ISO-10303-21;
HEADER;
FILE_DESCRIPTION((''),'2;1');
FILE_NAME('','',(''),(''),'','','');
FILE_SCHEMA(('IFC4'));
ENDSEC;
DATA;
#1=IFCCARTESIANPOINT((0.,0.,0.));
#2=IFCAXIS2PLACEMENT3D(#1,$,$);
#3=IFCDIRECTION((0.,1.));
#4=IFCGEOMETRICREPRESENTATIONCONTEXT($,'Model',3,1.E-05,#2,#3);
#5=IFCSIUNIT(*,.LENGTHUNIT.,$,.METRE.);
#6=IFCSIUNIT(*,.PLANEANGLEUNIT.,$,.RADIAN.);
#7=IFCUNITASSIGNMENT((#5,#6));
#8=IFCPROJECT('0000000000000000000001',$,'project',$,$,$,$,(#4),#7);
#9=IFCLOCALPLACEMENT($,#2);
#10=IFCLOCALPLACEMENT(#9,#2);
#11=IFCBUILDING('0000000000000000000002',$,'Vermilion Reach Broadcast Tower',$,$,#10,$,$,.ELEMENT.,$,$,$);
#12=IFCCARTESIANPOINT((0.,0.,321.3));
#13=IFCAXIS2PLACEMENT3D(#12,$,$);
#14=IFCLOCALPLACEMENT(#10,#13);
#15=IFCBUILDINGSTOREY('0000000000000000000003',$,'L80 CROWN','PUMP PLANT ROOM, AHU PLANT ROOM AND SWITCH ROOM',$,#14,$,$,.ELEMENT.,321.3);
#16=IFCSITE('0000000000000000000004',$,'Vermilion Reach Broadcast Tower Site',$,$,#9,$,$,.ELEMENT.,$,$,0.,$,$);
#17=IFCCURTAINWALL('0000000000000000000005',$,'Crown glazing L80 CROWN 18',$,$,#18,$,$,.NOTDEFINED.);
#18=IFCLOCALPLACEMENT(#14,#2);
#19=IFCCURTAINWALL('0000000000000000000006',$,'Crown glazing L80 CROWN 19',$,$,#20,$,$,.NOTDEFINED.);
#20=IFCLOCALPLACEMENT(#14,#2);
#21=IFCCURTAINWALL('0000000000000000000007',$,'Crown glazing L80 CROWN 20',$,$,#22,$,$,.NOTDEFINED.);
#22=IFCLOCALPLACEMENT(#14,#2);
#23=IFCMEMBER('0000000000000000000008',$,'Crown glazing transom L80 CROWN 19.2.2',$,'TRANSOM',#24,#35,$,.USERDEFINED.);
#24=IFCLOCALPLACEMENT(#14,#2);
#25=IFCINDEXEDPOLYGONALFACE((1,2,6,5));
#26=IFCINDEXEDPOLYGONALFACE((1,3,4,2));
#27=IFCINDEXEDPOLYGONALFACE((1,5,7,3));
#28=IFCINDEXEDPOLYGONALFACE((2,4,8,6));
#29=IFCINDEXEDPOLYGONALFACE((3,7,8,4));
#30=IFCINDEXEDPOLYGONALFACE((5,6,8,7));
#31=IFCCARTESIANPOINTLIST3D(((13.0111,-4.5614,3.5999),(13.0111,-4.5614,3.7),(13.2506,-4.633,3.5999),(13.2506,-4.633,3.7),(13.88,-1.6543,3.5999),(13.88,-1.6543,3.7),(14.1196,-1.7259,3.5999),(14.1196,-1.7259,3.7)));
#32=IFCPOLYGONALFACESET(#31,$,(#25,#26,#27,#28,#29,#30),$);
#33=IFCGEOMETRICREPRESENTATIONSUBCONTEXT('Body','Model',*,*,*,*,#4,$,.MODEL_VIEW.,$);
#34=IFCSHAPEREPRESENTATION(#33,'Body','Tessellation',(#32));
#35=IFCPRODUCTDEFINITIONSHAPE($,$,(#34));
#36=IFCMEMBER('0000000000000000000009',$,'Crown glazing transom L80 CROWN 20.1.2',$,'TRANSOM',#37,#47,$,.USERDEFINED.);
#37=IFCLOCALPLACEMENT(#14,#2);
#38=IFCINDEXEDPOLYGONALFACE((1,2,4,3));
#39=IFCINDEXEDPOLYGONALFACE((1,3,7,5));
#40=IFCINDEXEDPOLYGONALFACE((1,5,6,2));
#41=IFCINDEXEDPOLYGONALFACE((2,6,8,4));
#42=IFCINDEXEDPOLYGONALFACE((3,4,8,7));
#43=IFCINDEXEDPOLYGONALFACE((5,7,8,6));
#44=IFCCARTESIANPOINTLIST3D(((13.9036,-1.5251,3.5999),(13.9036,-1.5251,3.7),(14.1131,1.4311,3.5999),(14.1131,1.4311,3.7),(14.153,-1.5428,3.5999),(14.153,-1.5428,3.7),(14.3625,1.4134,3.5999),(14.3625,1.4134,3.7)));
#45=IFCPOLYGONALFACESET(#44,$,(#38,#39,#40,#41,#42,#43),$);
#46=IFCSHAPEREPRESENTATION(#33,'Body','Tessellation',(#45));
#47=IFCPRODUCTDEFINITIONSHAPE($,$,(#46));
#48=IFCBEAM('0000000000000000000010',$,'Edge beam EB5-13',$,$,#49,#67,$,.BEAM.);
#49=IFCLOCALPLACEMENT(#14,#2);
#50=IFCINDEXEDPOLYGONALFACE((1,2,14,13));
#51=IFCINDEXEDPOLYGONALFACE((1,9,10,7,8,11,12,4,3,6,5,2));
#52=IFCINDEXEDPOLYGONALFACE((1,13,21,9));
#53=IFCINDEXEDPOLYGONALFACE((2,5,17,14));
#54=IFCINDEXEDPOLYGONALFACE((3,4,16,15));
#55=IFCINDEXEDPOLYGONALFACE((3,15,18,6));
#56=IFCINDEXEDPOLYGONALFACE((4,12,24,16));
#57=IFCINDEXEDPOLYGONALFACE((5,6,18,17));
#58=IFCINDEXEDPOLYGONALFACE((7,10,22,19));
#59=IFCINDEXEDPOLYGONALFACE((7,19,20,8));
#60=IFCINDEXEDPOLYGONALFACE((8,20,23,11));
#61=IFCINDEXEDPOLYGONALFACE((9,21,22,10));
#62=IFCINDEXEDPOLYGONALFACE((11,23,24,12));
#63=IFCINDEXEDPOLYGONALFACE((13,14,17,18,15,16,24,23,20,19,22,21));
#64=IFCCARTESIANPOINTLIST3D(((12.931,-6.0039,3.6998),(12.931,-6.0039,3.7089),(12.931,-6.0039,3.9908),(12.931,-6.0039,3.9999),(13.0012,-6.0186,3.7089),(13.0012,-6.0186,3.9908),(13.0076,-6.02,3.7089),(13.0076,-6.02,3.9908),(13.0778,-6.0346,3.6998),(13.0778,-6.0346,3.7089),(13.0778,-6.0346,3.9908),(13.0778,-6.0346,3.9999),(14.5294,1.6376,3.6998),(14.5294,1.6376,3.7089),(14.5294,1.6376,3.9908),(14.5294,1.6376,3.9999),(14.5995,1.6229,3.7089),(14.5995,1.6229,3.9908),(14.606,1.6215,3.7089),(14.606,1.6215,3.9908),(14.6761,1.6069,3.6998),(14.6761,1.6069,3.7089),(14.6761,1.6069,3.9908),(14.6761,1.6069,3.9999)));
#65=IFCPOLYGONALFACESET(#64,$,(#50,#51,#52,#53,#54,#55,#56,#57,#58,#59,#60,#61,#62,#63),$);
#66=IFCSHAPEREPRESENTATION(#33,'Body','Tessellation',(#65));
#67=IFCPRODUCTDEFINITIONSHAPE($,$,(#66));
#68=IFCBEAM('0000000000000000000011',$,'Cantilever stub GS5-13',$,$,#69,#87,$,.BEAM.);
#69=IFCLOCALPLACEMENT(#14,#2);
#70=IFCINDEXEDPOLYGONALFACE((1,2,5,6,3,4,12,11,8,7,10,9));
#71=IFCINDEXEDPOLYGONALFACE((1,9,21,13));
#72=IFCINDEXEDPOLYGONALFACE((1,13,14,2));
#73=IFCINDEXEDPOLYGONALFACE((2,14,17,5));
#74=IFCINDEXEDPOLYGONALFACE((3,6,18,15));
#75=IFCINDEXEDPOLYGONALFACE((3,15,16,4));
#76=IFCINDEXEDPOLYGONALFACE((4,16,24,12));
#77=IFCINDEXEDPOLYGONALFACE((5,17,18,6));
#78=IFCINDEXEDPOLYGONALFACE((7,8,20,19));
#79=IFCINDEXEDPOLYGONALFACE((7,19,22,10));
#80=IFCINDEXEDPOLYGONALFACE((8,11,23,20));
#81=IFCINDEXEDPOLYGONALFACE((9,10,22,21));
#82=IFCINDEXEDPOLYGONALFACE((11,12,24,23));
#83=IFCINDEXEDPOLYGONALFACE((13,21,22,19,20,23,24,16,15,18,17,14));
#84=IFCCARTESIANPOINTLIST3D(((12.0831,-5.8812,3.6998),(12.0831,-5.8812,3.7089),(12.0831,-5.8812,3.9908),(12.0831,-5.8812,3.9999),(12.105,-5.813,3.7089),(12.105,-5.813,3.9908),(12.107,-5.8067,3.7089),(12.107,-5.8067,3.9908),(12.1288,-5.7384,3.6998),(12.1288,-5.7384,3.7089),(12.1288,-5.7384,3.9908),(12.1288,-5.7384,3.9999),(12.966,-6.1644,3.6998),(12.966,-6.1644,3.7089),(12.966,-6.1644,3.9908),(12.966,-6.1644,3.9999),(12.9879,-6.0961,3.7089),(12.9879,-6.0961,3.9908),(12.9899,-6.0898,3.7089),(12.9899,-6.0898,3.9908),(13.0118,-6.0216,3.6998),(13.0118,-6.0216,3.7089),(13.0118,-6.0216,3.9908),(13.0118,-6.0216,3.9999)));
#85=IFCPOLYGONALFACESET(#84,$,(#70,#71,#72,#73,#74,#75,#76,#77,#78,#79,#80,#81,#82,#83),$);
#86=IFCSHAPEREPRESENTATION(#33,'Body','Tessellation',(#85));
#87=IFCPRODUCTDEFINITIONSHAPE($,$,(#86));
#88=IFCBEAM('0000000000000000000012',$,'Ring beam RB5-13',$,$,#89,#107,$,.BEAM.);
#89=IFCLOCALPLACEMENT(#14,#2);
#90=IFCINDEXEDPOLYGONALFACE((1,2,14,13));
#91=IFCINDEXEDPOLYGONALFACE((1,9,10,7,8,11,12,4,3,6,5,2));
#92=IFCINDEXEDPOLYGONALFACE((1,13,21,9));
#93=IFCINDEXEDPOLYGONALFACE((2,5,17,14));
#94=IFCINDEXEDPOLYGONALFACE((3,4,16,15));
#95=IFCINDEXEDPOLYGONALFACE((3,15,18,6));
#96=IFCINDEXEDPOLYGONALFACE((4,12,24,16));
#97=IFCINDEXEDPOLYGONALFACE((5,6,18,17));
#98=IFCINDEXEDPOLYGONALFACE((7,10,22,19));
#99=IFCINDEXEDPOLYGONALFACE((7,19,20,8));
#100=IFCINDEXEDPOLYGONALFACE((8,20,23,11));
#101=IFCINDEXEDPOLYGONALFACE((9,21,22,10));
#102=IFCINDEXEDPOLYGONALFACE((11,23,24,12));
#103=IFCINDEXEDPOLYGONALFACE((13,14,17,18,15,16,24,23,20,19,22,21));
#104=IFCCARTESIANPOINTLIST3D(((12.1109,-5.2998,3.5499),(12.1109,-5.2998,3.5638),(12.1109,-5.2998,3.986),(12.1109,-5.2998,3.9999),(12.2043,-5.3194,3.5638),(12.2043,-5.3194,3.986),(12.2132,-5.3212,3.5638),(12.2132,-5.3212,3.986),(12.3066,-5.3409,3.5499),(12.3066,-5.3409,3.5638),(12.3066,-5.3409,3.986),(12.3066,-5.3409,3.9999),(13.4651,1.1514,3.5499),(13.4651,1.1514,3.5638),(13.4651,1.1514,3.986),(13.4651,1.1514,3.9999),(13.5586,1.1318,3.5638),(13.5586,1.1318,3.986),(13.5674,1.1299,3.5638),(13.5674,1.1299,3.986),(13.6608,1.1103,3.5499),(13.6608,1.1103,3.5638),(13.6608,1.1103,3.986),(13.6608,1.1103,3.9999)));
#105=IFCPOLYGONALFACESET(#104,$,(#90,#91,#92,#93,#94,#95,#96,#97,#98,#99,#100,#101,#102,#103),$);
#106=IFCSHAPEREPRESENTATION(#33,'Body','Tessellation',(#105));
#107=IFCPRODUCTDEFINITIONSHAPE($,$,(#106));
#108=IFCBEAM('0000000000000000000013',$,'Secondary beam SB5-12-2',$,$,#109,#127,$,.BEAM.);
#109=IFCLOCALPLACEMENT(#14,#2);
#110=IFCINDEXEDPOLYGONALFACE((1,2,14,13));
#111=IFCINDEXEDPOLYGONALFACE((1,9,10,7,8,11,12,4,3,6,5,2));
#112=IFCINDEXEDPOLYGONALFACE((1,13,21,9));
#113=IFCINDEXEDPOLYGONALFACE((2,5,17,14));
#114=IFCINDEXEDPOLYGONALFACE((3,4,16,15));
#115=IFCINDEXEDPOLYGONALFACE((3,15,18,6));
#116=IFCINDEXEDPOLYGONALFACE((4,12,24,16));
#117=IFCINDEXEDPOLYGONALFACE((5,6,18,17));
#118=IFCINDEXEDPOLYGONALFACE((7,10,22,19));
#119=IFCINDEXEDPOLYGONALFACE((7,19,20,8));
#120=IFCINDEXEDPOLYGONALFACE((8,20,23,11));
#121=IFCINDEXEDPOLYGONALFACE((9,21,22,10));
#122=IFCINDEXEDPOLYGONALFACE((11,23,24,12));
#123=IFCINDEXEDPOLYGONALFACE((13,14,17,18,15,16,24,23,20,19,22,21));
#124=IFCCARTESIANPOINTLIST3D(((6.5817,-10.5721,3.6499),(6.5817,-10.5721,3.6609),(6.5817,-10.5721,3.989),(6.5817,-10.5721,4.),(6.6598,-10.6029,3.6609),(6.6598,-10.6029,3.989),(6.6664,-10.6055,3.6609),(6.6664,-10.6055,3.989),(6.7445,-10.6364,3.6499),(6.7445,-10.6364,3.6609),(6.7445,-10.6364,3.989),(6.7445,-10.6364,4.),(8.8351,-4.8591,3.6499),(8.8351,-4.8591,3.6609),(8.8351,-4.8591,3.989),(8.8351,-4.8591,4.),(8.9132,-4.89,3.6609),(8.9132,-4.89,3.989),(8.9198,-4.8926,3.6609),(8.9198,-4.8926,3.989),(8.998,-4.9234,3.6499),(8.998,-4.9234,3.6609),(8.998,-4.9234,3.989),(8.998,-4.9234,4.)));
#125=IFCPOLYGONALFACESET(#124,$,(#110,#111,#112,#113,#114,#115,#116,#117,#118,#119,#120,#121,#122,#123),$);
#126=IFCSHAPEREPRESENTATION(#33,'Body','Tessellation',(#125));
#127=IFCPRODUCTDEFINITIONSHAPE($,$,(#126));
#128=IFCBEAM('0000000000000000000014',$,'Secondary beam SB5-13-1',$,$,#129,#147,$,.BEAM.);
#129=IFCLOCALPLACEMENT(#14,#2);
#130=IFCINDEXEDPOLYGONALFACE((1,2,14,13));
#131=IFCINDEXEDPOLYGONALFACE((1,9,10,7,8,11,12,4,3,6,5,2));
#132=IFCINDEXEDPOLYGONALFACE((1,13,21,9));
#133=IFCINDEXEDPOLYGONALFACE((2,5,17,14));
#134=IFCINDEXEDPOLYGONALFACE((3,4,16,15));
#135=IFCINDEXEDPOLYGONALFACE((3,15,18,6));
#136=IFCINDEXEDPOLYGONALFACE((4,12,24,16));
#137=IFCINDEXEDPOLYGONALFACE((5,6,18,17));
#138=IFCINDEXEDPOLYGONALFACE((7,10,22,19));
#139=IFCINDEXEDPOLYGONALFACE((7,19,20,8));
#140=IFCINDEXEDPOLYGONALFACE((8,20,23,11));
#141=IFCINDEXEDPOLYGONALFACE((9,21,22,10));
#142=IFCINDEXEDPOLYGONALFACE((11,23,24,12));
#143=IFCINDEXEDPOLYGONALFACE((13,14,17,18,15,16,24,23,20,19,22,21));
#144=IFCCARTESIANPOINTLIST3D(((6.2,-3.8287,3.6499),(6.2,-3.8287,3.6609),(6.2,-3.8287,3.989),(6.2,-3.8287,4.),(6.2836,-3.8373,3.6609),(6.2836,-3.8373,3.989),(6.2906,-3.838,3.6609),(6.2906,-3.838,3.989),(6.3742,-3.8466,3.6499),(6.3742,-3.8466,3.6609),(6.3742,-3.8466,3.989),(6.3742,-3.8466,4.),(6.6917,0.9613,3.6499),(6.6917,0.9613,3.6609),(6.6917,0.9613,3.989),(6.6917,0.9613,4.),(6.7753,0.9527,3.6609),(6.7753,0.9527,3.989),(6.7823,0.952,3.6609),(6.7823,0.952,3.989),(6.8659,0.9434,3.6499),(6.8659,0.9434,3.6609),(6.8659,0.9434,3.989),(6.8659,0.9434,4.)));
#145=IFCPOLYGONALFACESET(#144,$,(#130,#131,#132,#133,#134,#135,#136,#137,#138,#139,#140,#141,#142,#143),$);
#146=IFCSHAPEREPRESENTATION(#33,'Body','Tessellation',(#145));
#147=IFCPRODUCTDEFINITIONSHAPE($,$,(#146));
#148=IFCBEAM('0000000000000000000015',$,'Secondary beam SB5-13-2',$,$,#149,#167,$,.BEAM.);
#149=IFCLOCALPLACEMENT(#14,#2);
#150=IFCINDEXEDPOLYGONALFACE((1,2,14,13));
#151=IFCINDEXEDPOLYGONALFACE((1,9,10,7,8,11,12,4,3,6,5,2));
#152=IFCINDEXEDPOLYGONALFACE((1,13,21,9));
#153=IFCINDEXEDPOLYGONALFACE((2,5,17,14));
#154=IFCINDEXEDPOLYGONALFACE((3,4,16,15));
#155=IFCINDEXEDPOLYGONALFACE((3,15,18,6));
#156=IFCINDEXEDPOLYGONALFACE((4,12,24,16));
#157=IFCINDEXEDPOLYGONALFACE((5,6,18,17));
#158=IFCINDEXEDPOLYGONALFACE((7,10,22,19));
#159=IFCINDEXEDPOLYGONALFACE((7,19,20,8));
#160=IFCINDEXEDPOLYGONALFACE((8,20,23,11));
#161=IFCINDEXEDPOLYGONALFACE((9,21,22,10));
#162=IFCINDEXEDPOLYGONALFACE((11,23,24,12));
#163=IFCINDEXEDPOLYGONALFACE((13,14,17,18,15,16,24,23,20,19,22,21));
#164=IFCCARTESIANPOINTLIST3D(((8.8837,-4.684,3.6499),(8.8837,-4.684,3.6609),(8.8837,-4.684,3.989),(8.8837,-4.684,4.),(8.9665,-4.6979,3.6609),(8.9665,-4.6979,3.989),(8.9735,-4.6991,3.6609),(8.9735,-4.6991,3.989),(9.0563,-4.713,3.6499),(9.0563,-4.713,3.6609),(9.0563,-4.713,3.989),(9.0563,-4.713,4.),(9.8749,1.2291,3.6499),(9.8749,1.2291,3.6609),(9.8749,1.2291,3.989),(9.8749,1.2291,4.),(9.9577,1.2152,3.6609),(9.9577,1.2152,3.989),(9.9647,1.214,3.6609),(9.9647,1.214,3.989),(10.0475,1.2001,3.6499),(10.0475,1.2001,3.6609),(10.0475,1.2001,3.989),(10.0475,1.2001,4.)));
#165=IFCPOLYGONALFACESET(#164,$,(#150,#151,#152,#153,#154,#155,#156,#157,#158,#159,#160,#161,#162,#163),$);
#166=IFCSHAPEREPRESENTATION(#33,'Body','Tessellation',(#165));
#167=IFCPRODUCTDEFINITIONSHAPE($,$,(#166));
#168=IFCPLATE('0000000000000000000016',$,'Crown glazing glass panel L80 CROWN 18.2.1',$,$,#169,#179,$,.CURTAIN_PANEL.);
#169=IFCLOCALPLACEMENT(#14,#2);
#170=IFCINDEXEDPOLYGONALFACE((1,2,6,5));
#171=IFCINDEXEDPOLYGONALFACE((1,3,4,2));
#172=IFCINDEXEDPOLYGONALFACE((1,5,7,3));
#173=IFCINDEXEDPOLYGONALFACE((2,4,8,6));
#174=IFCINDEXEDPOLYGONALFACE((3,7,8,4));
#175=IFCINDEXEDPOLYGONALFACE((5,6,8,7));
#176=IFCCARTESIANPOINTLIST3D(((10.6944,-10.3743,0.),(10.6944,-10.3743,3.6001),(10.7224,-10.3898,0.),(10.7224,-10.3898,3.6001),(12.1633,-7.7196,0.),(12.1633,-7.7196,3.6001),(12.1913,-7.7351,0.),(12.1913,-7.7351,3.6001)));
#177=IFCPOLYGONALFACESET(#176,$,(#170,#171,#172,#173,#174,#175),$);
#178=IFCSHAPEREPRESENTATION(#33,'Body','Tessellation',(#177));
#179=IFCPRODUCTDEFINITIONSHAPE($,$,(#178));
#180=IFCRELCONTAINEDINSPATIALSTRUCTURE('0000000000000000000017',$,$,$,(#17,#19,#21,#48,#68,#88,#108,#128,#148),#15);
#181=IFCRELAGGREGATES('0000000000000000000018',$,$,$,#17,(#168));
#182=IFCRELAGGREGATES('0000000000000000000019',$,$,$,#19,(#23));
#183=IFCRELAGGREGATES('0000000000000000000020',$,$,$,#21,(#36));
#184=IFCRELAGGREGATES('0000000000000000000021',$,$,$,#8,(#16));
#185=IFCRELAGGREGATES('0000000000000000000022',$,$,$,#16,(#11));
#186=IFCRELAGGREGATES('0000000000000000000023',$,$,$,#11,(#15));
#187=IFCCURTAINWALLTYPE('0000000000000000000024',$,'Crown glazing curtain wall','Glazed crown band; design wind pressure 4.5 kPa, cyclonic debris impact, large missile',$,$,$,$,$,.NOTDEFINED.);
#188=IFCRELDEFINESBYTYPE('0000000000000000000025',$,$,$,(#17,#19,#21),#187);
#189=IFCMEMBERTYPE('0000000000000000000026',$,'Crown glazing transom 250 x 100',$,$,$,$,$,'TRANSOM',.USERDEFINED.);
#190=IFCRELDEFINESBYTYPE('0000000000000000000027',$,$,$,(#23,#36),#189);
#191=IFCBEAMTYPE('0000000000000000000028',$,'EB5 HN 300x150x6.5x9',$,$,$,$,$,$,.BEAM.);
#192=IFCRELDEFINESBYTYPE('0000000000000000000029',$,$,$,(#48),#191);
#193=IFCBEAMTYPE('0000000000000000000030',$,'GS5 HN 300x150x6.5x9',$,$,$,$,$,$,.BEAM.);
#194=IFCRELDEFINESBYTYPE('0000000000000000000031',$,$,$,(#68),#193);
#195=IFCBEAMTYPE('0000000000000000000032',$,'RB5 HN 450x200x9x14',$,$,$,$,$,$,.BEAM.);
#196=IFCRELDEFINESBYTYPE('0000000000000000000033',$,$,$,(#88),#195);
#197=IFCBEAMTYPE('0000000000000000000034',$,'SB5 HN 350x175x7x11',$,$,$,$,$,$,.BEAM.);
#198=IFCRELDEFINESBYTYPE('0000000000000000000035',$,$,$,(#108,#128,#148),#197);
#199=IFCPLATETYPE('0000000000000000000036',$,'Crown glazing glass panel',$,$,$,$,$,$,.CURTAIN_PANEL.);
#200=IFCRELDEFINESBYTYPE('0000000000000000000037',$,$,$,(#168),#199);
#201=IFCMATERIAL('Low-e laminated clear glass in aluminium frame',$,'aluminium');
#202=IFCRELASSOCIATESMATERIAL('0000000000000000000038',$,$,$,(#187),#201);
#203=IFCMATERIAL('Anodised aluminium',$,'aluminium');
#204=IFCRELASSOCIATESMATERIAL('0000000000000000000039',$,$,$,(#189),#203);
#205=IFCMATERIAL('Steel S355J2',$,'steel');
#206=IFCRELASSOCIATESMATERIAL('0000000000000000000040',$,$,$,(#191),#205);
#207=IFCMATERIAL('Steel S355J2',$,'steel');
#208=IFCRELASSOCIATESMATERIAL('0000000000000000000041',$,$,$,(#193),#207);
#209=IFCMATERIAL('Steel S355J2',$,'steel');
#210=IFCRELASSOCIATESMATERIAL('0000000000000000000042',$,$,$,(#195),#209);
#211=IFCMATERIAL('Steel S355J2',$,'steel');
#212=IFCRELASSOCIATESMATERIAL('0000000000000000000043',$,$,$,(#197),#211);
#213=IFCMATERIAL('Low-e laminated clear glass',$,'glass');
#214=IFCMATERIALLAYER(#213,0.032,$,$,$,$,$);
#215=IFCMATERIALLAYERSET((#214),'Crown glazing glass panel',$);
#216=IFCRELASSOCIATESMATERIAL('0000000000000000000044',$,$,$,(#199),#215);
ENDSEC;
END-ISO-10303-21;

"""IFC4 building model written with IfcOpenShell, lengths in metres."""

from ifc_helpers import new_model, si_unit, direction, frame, origin, origin_2d, place, context, subcontext, project, spatial, rectangle, i_section, extrude, material, layer, layer_set, material_profile, profile_set, type_object, element, aggregate, save


model = new_model("IFC4")

# Units and contexts
model_context = context("Model", 3, precision=1e-05, world=origin(), true_north=direction((0.0, 1.0)))
body_context = subcontext(model_context, "Body", "Model", "MODEL_VIEW")
ifc_project = project(units=[si_unit("LENGTHUNIT", "METRE"), si_unit("PLANEANGLEUNIT", "RADIAN")], contexts=[model_context])

# Site, building, storey
site_placement = place(None, origin())
site = spatial("IfcSite", under=ifc_project, at=site_placement, Name="Vermilion Reach Broadcast Tower Site", CompositionType="ELEMENT", RefElevation=0.0)
building_placement = place(site_placement, origin())
building = spatial("IfcBuilding", under=site, at=building_placement, Name="Vermilion Reach Broadcast Tower", CompositionType="ELEMENT")
storey_placement = place(building_placement, frame((0.0, 0.0, 321.3)))
storey = spatial("IfcBuildingStorey", under=building, at=storey_placement, Name="L80 CROWN", Description="PUMP PLANT ROOM, AHU PLANT ROOM AND SWITCH ROOM", CompositionType="ELEMENT", Elevation=321.3)

# Curtain walls
ifc_material_1 = material(Name="Low-e laminated clear glass in aluminium frame", Category="aluminium")
curtain_wall_type = type_object("IfcCurtainWallType", Name="Crown glazing curtain wall", Description="Glazed crown band; design wind pressure 4.5 kPa, cyclonic debris impact, large missile", PredefinedType="NOTDEFINED", material=ifc_material_1)
placement = place(storey_placement, origin())
curtain_wall_1 = element("IfcCurtainWall", 1, at=placement, inside=storey, type_object=curtain_wall_type, Name="Crown glazing L80 CROWN 18", PredefinedType="NOTDEFINED")
curtain_wall_2 = element("IfcCurtainWall", 2, at=placement, inside=storey, type_object=curtain_wall_type, Name="Crown glazing L80 CROWN 19", PredefinedType="NOTDEFINED")

# Curtain wall
curtain_wall_3 = element("IfcCurtainWall", 3, at=placement, inside=storey, type_object=curtain_wall_type, Name="Crown glazing L80 CROWN 20", PredefinedType="NOTDEFINED")

# Members
ifc_material_2 = material(Name="Anodised aluminium", Category="aluminium")
ifc_material_profile_1 = material_profile(ifc_material_2, rectangle(XDim=0.25, YDim=0.1001, at=origin_2d()), Name="Crown glazing transom 250 x 100")
ifc_profile_set_1 = profile_set([ifc_material_profile_1], Name="Anodised aluminium")
member_type_1 = type_object("IfcMemberType", Name="Crown glazing transom 250 x 100", ElementType="TRANSOM", PredefinedType="USERDEFINED", material=ifc_profile_set_1)
member_1_placement = place(storey_placement, frame((13.1309, -4.5972, 3.6499), z_axis=(0.286381, 0.958116, 0.0), x_axis=(-0.958116, 0.286381, 0.0)))
member_1 = element("IfcMember", 4, at=member_1_placement, type_object=member_type_1, Name="Crown glazing transom L80 CROWN 19.2.2", ObjectType="TRANSOM", PredefinedType="USERDEFINED", context=body_context, shape_type="SweptSolid", body=[
    extrude(rectangle(XDim=0.25, YDim=0.1001, at=origin_2d()), origin(), (0.0, 0.0, 1.0), 3.0342),
])
member_2_placement = place(storey_placement, frame((14.0283, -1.5339, 3.6499), z_axis=(0.070679, 0.997499, 0.0), x_axis=(-0.997499, 0.070679, 0.0)))
member_2 = element("IfcMember", 5, at=member_2_placement, type_object=member_type_1, Name="Crown glazing transom L80 CROWN 20.1.2", ObjectType="TRANSOM", PredefinedType="USERDEFINED", context=body_context, shape_type="SweptSolid", body=[
    extrude(rectangle(XDim=0.25, YDim=0.1001, at=origin_2d()), origin(), (0.0, 0.0, 1.0), 2.9636),
])

# Beams
ifc_material_3 = material(Name="Steel S355J2", Category="steel")
ifc_material_profile_2 = material_profile(ifc_material_3, i_section(OverallWidth=0.1499, OverallDepth=0.3, WebThickness=0.0066, FlangeThickness=0.009, at=origin_2d()), Name="S355J2 HN 300x150x6.5x9")
ifc_profile_set_2 = profile_set([ifc_material_profile_2], Name="Steel S355J2")
beam_type_1 = type_object("IfcBeamType", Name="EB5 HN 300x150x6.5x9", PredefinedType="BEAM", material=ifc_profile_set_2)
beam_1_placement = place(storey_placement, frame((13.0044, -6.0193, 3.8499), z_axis=(0.204738, 0.978817, 0.0), x_axis=(-0.978817, 0.204738, 0.0)))
element("IfcBeam", 6, at=beam_1_placement, inside=storey, type_object=beam_type_1, Name="Edge beam EB5-13", PredefinedType="BEAM", context=body_context, shape_type="SweptSolid", body=[
    extrude(i_section(OverallWidth=0.1499, OverallDepth=0.3, WebThickness=0.0066, FlangeThickness=0.009, at=origin_2d()), origin(), (0.0, 0.0, 1.0), 7.8069),
])
ifc_material_4 = material(Name="Steel S355J2", Category="steel")
ifc_material_profile_3 = material_profile(ifc_material_4, i_section(OverallWidth=0.1499, OverallDepth=0.3, WebThickness=0.0066, FlangeThickness=0.009, at=origin_2d()), Name="S355J2 HN 300x150x6.5x9")
ifc_profile_set_3 = profile_set([ifc_material_profile_3], Name="Steel S355J2")
beam_type_2 = type_object("IfcBeamType", Name="GS5 HN 300x150x6.5x9", PredefinedType="BEAM", material=ifc_profile_set_3)
beam_2_placement = place(storey_placement, frame((12.106, -5.8098, 3.8499), z_axis=(0.952228, -0.305387, 0.0), x_axis=(0.305387, 0.952228, 0.0)))
element("IfcBeam", 7, at=beam_2_placement, inside=storey, type_object=beam_type_2, Name="Cantilever stub GS5-13", PredefinedType="BEAM", context=body_context, shape_type="SweptSolid", body=[
    extrude(i_section(OverallWidth=0.1499, OverallDepth=0.3, WebThickness=0.0066, FlangeThickness=0.009, at=origin_2d()), origin(), (0.0, 0.0, 1.0), 0.9272),
])
ifc_material_5 = material(Name="Steel S355J2", Category="steel")
ifc_material_profile_4 = material_profile(ifc_material_5, i_section(OverallWidth=0.2, OverallDepth=0.45, WebThickness=0.009, FlangeThickness=0.0139, at=origin_2d()), Name="S355J2 HN 450x200x9x14")
ifc_profile_set_4 = profile_set([ifc_material_profile_4], Name="Steel S355J2")
beam_type_3 = type_object("IfcBeamType", Name="RB5 HN 450x200x9x14", PredefinedType="BEAM", material=ifc_profile_set_4)
beam_3_placement = place(storey_placement, frame((12.2087, -5.3203, 3.7749), z_axis=(0.205445, 0.978669, 0.0), x_axis=(-0.978669, 0.205445, 0.0)))
element("IfcBeam", 8, at=beam_3_placement, inside=storey, type_object=beam_type_3, Name="Ring beam RB5-13", PredefinedType="BEAM", context=body_context, shape_type="SweptSolid", body=[
    extrude(i_section(OverallWidth=0.2, OverallDepth=0.45, WebThickness=0.009, FlangeThickness=0.0139, at=origin_2d()), origin(), (0.0, 0.0, 1.0), 6.5918),
])
ifc_material_6 = material(Name="Steel S355J2", Category="steel")
ifc_material_profile_5 = material_profile(ifc_material_6, i_section(OverallWidth=0.175, OverallDepth=0.3501, WebThickness=0.0071, FlangeThickness=0.011, at=origin_2d()), Name="S355J2 HN 350x175x7x11")
ifc_profile_set_5 = profile_set([ifc_material_profile_5], Name="Steel S355J2")
beam_type_4 = type_object("IfcBeamType", Name="SB5 HN 350x175x7x11", PredefinedType="BEAM", material=ifc_profile_set_5)
beam_4_placement = place(storey_placement, frame((6.6631, -10.6042, 3.825), z_axis=(0.366931, 0.930248, 0.0), x_axis=(-0.930248, 0.366931, 0.0)))
element("IfcBeam", 9, at=beam_4_placement, inside=storey, type_object=beam_type_4, Name="Secondary beam SB5-12-2", PredefinedType="BEAM", context=body_context, shape_type="SweptSolid", body=[
    extrude(i_section(OverallWidth=0.175, OverallDepth=0.3501, WebThickness=0.0071, FlangeThickness=0.011, at=origin_2d()), origin(), (0.0, 0.0, 1.0), 6.1414),
])
beam_5_placement = place(storey_placement, frame((6.2871, -3.8376, 3.825), z_axis=(0.102114, 0.994773, 0.0), x_axis=(-0.994773, 0.102114, 0.0)))
element("IfcBeam", 10, at=beam_5_placement, inside=storey, type_object=beam_type_4, Name="Secondary beam SB5-13-1", PredefinedType="BEAM", context=body_context, shape_type="SweptSolid", body=[
    extrude(i_section(OverallWidth=0.175, OverallDepth=0.3501, WebThickness=0.0071, FlangeThickness=0.011, at=origin_2d()), origin(), (0.0, 0.0, 1.0), 4.8152),
])
beam_6_placement = place(storey_placement, frame((8.97, -4.6985, 3.825), z_axis=(0.165323, 0.986239, 0.0), x_axis=(-0.986239, 0.165323, 0.0)))
element("IfcBeam", 11, at=beam_6_placement, inside=storey, type_object=beam_type_4, Name="Secondary beam SB5-13-2", PredefinedType="BEAM", context=body_context, shape_type="SweptSolid", body=[
    extrude(i_section(OverallWidth=0.175, OverallDepth=0.3501, WebThickness=0.0071, FlangeThickness=0.011, at=origin_2d()), origin(), (0.0, 0.0, 1.0), 5.9956),
])

# Plate
ifc_material_7 = material(Name="Low-e laminated clear glass", Category="glass")
ifc_layer_1 = layer(ifc_material_7, 0.032)
ifc_layer_set_1 = layer_set([ifc_layer_1], Name="Crown glazing glass panel")
plate_type = type_object("IfcPlateType", Name="Crown glazing glass panel", PredefinedType="CURTAIN_PANEL", material=ifc_layer_set_1)
plate_1_placement = place(storey_placement, frame((11.4429, -9.0547, 0.0), z_axis=(0.0, 0.0, 1.0), x_axis=(0.484153, 0.874983, 0.0)))
plate_1 = element("IfcPlate", 12, at=plate_1_placement, type_object=plate_type, Name="Crown glazing glass panel L80 CROWN 18.2.1", PredefinedType="CURTAIN_PANEL", context=body_context, shape_type="SweptSolid", body=[
    extrude(rectangle(XDim=3.0339, YDim=0.032, at=origin_2d()), origin(), (0.0, 0.0, 1.0), 3.6001),
])
aggregate(curtain_wall_1, [plate_1])
aggregate(curtain_wall_2, [member_1])
aggregate(curtain_wall_3, [member_2])

save(model, "model.ifc")
